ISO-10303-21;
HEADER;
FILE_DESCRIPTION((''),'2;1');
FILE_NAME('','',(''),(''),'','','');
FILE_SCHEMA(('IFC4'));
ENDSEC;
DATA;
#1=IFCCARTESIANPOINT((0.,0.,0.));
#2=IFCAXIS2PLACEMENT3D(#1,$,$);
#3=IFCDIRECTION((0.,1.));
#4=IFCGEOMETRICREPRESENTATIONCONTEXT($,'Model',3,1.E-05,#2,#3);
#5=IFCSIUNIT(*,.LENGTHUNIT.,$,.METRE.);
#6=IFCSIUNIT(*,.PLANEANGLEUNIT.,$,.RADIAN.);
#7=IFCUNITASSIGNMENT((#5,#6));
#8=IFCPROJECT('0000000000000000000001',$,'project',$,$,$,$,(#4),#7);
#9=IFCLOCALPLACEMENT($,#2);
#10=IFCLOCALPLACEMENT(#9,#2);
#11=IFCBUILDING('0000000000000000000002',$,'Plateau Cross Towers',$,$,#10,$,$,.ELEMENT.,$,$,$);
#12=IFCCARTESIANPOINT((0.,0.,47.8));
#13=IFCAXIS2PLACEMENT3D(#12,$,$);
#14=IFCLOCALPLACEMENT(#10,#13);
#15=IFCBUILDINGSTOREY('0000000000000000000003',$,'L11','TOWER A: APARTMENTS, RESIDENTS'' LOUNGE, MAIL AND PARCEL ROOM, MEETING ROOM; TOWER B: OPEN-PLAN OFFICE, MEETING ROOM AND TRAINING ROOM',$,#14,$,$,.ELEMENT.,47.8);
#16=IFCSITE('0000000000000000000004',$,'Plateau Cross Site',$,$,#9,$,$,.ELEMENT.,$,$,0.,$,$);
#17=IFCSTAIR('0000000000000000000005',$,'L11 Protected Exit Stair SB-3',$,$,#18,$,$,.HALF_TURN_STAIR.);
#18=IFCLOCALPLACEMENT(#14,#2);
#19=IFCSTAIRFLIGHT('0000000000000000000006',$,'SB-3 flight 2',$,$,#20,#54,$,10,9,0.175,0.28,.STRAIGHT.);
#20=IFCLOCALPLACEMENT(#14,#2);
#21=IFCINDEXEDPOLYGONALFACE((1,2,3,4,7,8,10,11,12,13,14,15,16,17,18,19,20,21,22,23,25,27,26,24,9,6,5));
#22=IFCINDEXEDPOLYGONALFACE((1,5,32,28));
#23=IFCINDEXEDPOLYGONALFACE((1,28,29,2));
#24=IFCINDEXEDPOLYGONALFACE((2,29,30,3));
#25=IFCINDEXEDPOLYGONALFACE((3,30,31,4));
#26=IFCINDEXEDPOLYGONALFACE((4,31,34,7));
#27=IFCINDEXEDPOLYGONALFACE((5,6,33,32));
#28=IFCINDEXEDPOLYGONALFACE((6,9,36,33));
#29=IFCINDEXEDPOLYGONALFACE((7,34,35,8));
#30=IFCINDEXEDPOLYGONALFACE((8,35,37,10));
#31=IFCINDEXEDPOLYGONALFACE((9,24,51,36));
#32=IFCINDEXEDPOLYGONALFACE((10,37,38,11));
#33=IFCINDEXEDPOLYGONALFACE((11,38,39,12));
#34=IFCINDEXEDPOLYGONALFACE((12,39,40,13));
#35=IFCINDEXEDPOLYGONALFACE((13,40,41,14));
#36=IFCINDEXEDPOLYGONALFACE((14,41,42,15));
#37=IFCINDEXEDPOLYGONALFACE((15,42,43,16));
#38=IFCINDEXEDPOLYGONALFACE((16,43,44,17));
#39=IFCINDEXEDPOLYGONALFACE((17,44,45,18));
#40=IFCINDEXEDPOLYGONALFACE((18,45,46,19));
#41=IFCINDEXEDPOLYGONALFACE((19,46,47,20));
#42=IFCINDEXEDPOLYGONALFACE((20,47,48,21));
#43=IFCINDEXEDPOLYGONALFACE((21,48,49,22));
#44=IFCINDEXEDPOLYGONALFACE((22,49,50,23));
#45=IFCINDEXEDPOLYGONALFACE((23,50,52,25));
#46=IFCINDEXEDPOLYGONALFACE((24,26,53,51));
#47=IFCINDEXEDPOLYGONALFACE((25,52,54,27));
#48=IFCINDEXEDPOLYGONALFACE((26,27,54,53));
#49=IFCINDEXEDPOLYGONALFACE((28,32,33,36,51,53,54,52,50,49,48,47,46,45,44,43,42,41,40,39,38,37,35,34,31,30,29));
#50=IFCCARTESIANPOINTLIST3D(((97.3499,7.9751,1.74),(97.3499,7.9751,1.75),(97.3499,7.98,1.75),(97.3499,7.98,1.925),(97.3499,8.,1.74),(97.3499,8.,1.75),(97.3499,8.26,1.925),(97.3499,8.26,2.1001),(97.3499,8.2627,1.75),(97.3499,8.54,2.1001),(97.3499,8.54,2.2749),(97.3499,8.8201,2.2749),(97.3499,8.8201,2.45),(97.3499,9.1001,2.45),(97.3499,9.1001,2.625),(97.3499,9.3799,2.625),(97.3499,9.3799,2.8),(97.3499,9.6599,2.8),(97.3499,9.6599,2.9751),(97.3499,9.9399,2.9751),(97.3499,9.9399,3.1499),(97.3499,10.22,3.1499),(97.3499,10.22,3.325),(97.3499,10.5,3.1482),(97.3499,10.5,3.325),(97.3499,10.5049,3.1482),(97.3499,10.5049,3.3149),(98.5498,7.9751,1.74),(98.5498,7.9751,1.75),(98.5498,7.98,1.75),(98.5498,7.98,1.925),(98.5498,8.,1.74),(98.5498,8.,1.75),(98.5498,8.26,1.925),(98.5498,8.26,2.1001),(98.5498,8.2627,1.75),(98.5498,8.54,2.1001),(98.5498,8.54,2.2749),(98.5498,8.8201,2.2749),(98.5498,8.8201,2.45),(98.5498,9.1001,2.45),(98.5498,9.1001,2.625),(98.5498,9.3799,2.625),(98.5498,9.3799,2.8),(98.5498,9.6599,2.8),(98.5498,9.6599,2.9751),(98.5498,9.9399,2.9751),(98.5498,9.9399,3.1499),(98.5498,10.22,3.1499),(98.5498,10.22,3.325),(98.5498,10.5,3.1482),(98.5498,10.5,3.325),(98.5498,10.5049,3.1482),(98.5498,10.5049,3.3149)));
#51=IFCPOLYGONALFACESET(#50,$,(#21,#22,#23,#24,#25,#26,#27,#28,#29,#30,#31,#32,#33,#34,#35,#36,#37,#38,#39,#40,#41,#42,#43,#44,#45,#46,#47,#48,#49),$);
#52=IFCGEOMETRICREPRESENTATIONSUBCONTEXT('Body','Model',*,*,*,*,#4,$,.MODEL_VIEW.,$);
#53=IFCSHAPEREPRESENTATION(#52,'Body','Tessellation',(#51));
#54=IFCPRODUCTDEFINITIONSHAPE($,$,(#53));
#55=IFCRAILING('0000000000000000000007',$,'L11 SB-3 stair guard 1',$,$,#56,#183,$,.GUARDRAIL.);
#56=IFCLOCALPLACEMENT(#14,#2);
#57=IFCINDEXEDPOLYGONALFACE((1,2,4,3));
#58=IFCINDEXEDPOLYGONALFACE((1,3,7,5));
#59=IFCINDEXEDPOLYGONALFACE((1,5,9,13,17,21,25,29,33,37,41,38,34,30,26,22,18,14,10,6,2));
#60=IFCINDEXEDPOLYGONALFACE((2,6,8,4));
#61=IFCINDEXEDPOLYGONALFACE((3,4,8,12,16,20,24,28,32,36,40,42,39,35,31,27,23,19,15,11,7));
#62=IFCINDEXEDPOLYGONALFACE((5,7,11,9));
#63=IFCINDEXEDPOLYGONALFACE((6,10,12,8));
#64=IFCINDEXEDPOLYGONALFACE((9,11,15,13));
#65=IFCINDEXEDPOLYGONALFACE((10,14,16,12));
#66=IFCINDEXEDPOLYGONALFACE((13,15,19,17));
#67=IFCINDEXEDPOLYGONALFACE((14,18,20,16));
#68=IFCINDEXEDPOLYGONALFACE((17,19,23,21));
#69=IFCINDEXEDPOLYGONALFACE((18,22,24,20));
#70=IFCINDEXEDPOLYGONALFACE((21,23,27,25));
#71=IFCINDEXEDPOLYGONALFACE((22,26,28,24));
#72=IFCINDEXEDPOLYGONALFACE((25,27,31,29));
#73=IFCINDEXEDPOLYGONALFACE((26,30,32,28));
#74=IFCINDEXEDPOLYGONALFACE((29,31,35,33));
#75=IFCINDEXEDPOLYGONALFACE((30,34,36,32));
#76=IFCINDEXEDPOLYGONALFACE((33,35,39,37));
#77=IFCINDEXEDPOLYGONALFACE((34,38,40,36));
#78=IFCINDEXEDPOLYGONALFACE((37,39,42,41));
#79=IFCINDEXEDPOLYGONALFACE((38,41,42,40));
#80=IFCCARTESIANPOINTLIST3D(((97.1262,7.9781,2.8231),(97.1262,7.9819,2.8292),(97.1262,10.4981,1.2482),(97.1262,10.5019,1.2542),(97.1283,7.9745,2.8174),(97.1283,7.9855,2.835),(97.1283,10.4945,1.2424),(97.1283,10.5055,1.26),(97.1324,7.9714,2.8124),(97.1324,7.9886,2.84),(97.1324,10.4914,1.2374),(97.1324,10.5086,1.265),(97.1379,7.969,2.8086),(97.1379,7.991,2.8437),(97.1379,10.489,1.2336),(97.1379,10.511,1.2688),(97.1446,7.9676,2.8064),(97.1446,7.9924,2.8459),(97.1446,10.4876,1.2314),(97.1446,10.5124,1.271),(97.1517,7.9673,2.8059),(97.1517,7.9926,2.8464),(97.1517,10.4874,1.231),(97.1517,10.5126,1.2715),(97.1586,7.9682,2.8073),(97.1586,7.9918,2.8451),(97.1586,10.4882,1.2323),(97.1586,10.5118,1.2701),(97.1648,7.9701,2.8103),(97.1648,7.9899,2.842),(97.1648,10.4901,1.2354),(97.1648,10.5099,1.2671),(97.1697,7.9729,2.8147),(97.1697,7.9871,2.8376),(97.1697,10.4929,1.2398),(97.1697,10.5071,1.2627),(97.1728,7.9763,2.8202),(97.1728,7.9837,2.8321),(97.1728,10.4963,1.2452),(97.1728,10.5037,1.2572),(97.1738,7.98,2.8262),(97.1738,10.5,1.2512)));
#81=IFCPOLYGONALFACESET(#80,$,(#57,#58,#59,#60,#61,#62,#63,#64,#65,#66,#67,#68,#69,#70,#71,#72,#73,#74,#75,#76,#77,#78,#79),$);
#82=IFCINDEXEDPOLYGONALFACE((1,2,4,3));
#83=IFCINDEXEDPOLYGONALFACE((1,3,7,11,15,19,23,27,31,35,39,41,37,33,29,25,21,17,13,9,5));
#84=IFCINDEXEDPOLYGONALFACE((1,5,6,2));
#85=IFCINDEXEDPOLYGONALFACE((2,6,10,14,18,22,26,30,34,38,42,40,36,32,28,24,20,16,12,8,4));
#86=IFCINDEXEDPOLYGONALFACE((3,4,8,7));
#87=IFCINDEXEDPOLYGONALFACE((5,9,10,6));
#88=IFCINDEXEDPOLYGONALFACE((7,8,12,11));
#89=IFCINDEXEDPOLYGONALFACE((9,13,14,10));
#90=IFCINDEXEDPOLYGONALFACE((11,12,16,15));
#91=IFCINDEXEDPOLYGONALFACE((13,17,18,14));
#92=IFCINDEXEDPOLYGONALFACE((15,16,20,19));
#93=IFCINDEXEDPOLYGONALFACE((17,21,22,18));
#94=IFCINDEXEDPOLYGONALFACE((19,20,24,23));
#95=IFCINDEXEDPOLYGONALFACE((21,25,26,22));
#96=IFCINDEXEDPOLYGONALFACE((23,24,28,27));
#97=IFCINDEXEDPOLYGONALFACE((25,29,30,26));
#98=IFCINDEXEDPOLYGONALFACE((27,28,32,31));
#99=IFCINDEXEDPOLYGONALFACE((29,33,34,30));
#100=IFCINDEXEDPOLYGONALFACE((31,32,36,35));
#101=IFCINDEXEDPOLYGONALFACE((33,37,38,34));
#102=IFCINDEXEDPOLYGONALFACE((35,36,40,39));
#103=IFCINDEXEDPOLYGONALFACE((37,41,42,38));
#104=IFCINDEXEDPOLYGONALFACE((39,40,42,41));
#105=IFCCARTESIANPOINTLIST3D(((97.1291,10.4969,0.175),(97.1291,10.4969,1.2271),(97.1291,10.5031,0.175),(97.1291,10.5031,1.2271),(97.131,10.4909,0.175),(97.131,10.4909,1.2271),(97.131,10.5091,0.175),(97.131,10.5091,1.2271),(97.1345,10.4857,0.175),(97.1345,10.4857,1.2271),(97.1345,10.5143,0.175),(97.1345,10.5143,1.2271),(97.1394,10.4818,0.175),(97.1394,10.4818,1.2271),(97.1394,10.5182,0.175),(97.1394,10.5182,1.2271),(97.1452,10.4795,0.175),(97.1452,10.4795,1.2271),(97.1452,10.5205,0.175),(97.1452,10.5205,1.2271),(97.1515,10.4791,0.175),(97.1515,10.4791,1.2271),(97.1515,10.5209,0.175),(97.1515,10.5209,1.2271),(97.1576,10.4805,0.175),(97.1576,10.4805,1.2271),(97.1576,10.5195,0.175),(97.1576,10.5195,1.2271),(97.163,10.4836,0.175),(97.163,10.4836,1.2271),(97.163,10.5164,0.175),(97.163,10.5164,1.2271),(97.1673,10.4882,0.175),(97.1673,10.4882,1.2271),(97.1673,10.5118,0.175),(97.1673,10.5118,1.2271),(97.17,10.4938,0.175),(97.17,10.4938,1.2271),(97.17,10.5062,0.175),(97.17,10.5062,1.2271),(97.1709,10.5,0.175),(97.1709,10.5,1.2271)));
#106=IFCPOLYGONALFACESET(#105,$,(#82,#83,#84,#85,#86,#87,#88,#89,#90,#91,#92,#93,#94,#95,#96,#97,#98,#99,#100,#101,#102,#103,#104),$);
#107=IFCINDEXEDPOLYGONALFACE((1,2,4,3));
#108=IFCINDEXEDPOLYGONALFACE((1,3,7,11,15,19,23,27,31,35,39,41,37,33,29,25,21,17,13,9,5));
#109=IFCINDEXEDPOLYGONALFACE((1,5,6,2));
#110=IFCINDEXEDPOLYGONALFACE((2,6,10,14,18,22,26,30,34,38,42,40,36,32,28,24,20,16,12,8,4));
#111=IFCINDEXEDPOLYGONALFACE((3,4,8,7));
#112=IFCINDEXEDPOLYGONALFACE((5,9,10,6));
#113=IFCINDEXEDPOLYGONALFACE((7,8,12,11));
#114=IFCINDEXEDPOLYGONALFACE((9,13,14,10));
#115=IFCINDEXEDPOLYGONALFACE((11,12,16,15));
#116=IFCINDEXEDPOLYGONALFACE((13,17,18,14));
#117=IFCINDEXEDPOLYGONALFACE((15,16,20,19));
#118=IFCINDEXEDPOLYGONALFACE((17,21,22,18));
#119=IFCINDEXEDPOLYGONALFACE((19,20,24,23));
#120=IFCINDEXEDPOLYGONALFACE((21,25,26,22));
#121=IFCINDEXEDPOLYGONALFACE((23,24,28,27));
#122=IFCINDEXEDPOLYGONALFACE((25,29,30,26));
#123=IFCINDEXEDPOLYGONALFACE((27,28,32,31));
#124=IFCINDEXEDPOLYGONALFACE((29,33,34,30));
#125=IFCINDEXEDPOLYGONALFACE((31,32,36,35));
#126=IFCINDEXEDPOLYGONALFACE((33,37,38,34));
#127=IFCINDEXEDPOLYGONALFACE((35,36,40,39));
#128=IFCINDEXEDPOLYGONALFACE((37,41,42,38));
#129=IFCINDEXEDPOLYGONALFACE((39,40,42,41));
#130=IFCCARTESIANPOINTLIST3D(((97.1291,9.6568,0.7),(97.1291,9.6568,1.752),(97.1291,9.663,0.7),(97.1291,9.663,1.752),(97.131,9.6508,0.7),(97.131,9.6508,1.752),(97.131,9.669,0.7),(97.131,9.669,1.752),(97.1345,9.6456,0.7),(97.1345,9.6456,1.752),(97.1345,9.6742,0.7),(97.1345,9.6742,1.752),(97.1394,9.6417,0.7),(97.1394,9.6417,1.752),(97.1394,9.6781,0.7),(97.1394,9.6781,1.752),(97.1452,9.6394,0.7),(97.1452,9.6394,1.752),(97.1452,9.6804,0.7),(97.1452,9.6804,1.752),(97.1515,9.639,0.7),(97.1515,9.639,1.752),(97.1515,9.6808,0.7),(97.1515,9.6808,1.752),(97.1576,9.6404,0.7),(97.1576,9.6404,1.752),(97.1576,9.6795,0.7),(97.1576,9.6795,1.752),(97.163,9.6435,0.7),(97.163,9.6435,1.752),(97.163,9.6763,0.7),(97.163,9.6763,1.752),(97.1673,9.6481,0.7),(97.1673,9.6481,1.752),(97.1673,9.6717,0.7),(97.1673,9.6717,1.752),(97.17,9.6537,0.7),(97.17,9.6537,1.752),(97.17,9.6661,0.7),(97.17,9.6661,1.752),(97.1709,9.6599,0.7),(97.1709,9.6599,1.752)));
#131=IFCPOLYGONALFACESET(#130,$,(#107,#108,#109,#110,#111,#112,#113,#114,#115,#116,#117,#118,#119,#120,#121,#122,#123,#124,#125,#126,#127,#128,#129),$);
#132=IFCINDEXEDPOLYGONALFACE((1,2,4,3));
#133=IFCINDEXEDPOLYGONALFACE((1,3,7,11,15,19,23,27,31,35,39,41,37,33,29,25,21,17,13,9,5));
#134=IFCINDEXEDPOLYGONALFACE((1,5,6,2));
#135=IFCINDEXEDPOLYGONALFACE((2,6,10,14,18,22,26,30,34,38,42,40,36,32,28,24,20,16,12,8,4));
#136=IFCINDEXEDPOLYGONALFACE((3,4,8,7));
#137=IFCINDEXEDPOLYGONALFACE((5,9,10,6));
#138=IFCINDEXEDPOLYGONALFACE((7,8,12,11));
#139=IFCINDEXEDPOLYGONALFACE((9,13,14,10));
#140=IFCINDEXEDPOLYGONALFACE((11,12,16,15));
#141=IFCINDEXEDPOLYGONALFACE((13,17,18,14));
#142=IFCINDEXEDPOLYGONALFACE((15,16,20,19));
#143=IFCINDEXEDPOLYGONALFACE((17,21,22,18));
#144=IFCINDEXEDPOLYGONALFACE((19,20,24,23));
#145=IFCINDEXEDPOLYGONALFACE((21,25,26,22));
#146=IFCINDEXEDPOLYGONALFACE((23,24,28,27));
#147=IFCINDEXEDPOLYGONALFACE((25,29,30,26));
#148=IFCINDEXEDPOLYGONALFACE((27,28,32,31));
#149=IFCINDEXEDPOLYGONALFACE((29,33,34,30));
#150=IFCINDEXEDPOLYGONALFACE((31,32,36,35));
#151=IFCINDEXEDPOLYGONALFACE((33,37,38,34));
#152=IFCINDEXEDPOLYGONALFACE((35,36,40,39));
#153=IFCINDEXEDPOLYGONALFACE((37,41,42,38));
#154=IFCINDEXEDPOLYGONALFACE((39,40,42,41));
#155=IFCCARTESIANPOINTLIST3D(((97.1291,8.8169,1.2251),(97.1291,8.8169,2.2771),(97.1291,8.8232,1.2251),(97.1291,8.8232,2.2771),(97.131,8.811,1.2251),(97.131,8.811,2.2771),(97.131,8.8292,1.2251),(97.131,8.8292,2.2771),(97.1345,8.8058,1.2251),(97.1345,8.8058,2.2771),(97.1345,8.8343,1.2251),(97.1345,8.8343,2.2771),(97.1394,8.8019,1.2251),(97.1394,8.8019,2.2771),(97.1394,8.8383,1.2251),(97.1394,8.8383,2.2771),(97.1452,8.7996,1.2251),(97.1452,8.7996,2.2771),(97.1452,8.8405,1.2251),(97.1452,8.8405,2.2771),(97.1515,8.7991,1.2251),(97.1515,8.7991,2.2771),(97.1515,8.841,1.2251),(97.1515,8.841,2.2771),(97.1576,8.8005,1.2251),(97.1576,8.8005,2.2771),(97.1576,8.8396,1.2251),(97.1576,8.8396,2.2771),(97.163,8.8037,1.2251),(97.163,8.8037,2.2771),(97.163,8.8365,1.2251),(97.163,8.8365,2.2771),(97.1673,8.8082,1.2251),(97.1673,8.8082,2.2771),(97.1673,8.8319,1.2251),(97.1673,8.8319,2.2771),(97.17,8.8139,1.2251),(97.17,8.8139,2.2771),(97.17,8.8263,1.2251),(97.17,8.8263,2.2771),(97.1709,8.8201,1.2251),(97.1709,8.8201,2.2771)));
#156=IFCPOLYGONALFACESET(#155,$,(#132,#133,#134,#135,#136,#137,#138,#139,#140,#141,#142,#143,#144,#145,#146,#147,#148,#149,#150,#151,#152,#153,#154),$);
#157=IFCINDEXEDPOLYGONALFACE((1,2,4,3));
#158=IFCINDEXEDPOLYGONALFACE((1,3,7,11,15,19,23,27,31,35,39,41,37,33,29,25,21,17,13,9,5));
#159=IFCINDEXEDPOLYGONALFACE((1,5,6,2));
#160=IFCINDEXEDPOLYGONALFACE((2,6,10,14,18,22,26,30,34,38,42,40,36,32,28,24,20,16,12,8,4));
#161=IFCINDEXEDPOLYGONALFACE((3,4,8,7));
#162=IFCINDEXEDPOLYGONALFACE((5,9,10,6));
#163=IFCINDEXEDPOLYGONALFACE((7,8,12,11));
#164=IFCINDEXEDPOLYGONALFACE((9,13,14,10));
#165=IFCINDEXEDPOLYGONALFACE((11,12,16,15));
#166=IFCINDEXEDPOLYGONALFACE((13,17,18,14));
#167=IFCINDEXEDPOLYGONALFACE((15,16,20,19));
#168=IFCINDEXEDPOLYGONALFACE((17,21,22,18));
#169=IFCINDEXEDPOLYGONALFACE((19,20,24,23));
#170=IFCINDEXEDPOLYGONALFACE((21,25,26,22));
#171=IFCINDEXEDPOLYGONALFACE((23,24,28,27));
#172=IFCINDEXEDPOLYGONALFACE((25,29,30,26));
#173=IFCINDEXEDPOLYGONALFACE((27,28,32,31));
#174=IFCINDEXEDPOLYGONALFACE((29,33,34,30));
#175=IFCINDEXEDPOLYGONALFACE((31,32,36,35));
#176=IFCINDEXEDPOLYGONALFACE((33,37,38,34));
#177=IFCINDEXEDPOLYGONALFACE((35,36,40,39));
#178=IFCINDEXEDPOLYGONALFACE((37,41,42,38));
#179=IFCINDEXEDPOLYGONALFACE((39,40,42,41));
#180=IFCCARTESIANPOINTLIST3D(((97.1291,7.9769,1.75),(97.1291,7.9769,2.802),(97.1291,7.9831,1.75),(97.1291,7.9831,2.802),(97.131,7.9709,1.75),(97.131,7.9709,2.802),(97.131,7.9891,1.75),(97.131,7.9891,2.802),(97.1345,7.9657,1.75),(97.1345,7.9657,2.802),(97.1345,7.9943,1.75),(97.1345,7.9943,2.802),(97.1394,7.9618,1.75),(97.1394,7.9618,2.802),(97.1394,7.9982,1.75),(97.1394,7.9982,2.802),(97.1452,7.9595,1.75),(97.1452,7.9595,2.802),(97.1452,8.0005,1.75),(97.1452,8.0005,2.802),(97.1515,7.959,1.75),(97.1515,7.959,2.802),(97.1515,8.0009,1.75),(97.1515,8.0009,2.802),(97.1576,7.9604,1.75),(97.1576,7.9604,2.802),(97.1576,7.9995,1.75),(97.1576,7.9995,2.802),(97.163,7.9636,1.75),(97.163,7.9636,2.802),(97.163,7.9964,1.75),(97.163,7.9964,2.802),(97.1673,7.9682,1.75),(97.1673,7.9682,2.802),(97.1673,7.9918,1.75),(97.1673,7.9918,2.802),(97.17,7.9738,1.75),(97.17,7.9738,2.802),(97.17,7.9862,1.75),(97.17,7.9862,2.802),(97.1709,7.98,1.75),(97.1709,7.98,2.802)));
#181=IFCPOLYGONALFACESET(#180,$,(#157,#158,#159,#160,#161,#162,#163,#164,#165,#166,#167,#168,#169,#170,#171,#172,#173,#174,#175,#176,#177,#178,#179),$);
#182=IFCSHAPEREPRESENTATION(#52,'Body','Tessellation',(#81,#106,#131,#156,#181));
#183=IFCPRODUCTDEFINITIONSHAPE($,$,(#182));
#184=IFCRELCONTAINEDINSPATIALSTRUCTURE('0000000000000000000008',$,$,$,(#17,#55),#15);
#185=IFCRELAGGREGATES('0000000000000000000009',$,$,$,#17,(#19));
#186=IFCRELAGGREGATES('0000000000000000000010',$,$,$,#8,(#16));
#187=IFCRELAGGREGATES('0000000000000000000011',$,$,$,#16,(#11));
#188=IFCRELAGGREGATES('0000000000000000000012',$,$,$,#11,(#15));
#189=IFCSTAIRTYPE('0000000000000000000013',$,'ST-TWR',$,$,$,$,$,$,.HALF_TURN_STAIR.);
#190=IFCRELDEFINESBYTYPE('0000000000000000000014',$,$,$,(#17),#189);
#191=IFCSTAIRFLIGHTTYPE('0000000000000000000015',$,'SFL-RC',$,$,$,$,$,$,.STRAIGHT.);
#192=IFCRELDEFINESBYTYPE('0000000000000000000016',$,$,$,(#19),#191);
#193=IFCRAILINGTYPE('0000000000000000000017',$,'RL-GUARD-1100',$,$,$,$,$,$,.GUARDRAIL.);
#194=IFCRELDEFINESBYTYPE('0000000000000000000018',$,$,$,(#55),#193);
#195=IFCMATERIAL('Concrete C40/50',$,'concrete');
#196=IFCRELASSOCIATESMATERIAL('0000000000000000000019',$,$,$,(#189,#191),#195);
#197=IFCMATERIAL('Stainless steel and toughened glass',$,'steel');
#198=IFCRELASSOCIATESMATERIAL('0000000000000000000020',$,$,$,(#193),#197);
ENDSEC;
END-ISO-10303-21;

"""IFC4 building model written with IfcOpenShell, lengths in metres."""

from ifc_helpers import new_model, si_unit, direction, frame, origin, origin_2d, place, context, subcontext, project, spatial, polyline, circle, outline, extrude, material, type_object, element, aggregate, save


model = new_model("IFC4")

# Units and contexts
model_context = context("Model", 3, precision=1e-05, world=origin(), true_north=direction((0.0, 1.0)))
body_context = subcontext(model_context, "Body", "Model", "MODEL_VIEW")
ifc_project = project(units=[si_unit("LENGTHUNIT", "METRE"), si_unit("PLANEANGLEUNIT", "RADIAN")], contexts=[model_context])

# Site, building, storey
site_placement = place(None, origin())
site = spatial("IfcSite", under=ifc_project, at=site_placement, Name="Plateau Cross Site", CompositionType="ELEMENT", RefElevation=0.0)
building_placement = place(site_placement, origin())
building = spatial("IfcBuilding", under=site, at=building_placement, Name="Plateau Cross Towers", CompositionType="ELEMENT")
storey_placement = place(building_placement, frame((0.0, 0.0, 47.8)))
storey = spatial("IfcBuildingStorey", under=building, at=storey_placement, Name="L11", Description="TOWER A: APARTMENTS, RESIDENTS' LOUNGE, MAIL AND PARCEL ROOM, MEETING ROOM; TOWER B: OPEN-PLAN OFFICE, MEETING ROOM AND TRAINING ROOM", CompositionType="ELEMENT", Elevation=47.8)

# Stair, stair flight
ifc_material_1 = material(Name="Concrete C40/50", Category="concrete")
stair_type = type_object("IfcStairType", Name="ST-TWR", PredefinedType="HALF_TURN_STAIR", material=ifc_material_1)
stair_placement = place(storey_placement, origin())
stair = element("IfcStair", 1, at=stair_placement, inside=storey, type_object=stair_type, Name="L11 Protected Exit Stair SB-3", PredefinedType="HALF_TURN_STAIR")
stair_flight_type = type_object("IfcStairFlightType", Name="SFL-RC", PredefinedType="STRAIGHT", material=ifc_material_1)
stair_flight_1_placement = place(storey_placement, frame((97.95, 7.98, 1.75), z_axis=(0.0, 0.0, 1.0), x_axis=(0.0, 1.0, 0.0)))
stair_flight_1 = element("IfcStairFlight", 2, at=stair_flight_1_placement, type_object=stair_flight_type, Name="SB-3 flight 2", NumberOfRisers=10, NumberOfTreads=9, PredefinedType="STRAIGHT", RiserHeight=0.175, TreadLength=0.28, context=body_context, shape_type="SweptSolid", body=[
    extrude(outline(polyline([(-0.0049, -0.01), (-0.0049, 0.0), (0.0, 0.0), (0.0, 0.175), (0.28, 0.175), (0.28, 0.3501), (0.5601, 0.3501), (0.5601, 0.5249), (0.8401, 0.5249), (0.8401, 0.7), (1.1201, 0.7), (1.1201, 0.875), (1.3999, 0.875), (1.3999, 1.05), (1.6799, 1.05), (1.6799, 1.2251), (1.96, 1.2251), (1.96, 1.3999), (2.24, 1.3999), (2.24, 1.575), (2.52, 1.575), (2.5249, 1.5649), (2.5249, 1.3982), (2.52, 1.3982), (0.2827, 0.0), (0.02, 0.0), (0.02, -0.01), (-0.0049, -0.01)])), frame((0.0, 0.6001, 0.0), z_axis=(0.0, -1.0, 0.0), x_axis=(1.0, 0.0, 0.0)), (0.0, 0.0, 1.0), 1.2),
])
aggregate(stair, [stair_flight_1])

# Railing
ifc_material_2 = material(Name="Stainless steel and toughened glass", Category="steel")
railing_type_1 = type_object("IfcRailingType", Name="RL-GUARD-1100", PredefinedType="GUARDRAIL", material=ifc_material_2)
railing_1_placement = place(storey_placement, frame((97.1499, 10.5, 0.175)))
element("IfcRailing", 3, at=railing_1_placement, inside=storey, type_object=railing_type_1, Name="L11 SB-3 stair guard 1", PredefinedType="GUARDRAIL", context=body_context, shape_type="SweptSolid", body=[
    extrude(circle(Radius=0.0239, at=origin_2d()), frame((0.0, 0.0, 1.0762), z_axis=(0.0, -0.848008, 0.529984), x_axis=(1.0, 0.0, 0.0)), (0.0, 0.0, 1.0), 2.9717),
    extrude(circle(Radius=0.021, at=origin_2d()), origin(), (0.0, 0.0, 1.0), 1.052),
    extrude(circle(Radius=0.021, at=origin_2d()), frame((0.0, -0.8401, 0.5249)), (0.0, 0.0, 1.0), 1.052),
    extrude(circle(Radius=0.021, at=origin_2d()), frame((0.0, -1.6799, 1.05)), (0.0, 0.0, 1.0), 1.052),
    extrude(circle(Radius=0.021, at=origin_2d()), frame((0.0, -2.52, 1.575)), (0.0, 0.0, 1.0), 1.052),
])

save(model, "model.ifc")
